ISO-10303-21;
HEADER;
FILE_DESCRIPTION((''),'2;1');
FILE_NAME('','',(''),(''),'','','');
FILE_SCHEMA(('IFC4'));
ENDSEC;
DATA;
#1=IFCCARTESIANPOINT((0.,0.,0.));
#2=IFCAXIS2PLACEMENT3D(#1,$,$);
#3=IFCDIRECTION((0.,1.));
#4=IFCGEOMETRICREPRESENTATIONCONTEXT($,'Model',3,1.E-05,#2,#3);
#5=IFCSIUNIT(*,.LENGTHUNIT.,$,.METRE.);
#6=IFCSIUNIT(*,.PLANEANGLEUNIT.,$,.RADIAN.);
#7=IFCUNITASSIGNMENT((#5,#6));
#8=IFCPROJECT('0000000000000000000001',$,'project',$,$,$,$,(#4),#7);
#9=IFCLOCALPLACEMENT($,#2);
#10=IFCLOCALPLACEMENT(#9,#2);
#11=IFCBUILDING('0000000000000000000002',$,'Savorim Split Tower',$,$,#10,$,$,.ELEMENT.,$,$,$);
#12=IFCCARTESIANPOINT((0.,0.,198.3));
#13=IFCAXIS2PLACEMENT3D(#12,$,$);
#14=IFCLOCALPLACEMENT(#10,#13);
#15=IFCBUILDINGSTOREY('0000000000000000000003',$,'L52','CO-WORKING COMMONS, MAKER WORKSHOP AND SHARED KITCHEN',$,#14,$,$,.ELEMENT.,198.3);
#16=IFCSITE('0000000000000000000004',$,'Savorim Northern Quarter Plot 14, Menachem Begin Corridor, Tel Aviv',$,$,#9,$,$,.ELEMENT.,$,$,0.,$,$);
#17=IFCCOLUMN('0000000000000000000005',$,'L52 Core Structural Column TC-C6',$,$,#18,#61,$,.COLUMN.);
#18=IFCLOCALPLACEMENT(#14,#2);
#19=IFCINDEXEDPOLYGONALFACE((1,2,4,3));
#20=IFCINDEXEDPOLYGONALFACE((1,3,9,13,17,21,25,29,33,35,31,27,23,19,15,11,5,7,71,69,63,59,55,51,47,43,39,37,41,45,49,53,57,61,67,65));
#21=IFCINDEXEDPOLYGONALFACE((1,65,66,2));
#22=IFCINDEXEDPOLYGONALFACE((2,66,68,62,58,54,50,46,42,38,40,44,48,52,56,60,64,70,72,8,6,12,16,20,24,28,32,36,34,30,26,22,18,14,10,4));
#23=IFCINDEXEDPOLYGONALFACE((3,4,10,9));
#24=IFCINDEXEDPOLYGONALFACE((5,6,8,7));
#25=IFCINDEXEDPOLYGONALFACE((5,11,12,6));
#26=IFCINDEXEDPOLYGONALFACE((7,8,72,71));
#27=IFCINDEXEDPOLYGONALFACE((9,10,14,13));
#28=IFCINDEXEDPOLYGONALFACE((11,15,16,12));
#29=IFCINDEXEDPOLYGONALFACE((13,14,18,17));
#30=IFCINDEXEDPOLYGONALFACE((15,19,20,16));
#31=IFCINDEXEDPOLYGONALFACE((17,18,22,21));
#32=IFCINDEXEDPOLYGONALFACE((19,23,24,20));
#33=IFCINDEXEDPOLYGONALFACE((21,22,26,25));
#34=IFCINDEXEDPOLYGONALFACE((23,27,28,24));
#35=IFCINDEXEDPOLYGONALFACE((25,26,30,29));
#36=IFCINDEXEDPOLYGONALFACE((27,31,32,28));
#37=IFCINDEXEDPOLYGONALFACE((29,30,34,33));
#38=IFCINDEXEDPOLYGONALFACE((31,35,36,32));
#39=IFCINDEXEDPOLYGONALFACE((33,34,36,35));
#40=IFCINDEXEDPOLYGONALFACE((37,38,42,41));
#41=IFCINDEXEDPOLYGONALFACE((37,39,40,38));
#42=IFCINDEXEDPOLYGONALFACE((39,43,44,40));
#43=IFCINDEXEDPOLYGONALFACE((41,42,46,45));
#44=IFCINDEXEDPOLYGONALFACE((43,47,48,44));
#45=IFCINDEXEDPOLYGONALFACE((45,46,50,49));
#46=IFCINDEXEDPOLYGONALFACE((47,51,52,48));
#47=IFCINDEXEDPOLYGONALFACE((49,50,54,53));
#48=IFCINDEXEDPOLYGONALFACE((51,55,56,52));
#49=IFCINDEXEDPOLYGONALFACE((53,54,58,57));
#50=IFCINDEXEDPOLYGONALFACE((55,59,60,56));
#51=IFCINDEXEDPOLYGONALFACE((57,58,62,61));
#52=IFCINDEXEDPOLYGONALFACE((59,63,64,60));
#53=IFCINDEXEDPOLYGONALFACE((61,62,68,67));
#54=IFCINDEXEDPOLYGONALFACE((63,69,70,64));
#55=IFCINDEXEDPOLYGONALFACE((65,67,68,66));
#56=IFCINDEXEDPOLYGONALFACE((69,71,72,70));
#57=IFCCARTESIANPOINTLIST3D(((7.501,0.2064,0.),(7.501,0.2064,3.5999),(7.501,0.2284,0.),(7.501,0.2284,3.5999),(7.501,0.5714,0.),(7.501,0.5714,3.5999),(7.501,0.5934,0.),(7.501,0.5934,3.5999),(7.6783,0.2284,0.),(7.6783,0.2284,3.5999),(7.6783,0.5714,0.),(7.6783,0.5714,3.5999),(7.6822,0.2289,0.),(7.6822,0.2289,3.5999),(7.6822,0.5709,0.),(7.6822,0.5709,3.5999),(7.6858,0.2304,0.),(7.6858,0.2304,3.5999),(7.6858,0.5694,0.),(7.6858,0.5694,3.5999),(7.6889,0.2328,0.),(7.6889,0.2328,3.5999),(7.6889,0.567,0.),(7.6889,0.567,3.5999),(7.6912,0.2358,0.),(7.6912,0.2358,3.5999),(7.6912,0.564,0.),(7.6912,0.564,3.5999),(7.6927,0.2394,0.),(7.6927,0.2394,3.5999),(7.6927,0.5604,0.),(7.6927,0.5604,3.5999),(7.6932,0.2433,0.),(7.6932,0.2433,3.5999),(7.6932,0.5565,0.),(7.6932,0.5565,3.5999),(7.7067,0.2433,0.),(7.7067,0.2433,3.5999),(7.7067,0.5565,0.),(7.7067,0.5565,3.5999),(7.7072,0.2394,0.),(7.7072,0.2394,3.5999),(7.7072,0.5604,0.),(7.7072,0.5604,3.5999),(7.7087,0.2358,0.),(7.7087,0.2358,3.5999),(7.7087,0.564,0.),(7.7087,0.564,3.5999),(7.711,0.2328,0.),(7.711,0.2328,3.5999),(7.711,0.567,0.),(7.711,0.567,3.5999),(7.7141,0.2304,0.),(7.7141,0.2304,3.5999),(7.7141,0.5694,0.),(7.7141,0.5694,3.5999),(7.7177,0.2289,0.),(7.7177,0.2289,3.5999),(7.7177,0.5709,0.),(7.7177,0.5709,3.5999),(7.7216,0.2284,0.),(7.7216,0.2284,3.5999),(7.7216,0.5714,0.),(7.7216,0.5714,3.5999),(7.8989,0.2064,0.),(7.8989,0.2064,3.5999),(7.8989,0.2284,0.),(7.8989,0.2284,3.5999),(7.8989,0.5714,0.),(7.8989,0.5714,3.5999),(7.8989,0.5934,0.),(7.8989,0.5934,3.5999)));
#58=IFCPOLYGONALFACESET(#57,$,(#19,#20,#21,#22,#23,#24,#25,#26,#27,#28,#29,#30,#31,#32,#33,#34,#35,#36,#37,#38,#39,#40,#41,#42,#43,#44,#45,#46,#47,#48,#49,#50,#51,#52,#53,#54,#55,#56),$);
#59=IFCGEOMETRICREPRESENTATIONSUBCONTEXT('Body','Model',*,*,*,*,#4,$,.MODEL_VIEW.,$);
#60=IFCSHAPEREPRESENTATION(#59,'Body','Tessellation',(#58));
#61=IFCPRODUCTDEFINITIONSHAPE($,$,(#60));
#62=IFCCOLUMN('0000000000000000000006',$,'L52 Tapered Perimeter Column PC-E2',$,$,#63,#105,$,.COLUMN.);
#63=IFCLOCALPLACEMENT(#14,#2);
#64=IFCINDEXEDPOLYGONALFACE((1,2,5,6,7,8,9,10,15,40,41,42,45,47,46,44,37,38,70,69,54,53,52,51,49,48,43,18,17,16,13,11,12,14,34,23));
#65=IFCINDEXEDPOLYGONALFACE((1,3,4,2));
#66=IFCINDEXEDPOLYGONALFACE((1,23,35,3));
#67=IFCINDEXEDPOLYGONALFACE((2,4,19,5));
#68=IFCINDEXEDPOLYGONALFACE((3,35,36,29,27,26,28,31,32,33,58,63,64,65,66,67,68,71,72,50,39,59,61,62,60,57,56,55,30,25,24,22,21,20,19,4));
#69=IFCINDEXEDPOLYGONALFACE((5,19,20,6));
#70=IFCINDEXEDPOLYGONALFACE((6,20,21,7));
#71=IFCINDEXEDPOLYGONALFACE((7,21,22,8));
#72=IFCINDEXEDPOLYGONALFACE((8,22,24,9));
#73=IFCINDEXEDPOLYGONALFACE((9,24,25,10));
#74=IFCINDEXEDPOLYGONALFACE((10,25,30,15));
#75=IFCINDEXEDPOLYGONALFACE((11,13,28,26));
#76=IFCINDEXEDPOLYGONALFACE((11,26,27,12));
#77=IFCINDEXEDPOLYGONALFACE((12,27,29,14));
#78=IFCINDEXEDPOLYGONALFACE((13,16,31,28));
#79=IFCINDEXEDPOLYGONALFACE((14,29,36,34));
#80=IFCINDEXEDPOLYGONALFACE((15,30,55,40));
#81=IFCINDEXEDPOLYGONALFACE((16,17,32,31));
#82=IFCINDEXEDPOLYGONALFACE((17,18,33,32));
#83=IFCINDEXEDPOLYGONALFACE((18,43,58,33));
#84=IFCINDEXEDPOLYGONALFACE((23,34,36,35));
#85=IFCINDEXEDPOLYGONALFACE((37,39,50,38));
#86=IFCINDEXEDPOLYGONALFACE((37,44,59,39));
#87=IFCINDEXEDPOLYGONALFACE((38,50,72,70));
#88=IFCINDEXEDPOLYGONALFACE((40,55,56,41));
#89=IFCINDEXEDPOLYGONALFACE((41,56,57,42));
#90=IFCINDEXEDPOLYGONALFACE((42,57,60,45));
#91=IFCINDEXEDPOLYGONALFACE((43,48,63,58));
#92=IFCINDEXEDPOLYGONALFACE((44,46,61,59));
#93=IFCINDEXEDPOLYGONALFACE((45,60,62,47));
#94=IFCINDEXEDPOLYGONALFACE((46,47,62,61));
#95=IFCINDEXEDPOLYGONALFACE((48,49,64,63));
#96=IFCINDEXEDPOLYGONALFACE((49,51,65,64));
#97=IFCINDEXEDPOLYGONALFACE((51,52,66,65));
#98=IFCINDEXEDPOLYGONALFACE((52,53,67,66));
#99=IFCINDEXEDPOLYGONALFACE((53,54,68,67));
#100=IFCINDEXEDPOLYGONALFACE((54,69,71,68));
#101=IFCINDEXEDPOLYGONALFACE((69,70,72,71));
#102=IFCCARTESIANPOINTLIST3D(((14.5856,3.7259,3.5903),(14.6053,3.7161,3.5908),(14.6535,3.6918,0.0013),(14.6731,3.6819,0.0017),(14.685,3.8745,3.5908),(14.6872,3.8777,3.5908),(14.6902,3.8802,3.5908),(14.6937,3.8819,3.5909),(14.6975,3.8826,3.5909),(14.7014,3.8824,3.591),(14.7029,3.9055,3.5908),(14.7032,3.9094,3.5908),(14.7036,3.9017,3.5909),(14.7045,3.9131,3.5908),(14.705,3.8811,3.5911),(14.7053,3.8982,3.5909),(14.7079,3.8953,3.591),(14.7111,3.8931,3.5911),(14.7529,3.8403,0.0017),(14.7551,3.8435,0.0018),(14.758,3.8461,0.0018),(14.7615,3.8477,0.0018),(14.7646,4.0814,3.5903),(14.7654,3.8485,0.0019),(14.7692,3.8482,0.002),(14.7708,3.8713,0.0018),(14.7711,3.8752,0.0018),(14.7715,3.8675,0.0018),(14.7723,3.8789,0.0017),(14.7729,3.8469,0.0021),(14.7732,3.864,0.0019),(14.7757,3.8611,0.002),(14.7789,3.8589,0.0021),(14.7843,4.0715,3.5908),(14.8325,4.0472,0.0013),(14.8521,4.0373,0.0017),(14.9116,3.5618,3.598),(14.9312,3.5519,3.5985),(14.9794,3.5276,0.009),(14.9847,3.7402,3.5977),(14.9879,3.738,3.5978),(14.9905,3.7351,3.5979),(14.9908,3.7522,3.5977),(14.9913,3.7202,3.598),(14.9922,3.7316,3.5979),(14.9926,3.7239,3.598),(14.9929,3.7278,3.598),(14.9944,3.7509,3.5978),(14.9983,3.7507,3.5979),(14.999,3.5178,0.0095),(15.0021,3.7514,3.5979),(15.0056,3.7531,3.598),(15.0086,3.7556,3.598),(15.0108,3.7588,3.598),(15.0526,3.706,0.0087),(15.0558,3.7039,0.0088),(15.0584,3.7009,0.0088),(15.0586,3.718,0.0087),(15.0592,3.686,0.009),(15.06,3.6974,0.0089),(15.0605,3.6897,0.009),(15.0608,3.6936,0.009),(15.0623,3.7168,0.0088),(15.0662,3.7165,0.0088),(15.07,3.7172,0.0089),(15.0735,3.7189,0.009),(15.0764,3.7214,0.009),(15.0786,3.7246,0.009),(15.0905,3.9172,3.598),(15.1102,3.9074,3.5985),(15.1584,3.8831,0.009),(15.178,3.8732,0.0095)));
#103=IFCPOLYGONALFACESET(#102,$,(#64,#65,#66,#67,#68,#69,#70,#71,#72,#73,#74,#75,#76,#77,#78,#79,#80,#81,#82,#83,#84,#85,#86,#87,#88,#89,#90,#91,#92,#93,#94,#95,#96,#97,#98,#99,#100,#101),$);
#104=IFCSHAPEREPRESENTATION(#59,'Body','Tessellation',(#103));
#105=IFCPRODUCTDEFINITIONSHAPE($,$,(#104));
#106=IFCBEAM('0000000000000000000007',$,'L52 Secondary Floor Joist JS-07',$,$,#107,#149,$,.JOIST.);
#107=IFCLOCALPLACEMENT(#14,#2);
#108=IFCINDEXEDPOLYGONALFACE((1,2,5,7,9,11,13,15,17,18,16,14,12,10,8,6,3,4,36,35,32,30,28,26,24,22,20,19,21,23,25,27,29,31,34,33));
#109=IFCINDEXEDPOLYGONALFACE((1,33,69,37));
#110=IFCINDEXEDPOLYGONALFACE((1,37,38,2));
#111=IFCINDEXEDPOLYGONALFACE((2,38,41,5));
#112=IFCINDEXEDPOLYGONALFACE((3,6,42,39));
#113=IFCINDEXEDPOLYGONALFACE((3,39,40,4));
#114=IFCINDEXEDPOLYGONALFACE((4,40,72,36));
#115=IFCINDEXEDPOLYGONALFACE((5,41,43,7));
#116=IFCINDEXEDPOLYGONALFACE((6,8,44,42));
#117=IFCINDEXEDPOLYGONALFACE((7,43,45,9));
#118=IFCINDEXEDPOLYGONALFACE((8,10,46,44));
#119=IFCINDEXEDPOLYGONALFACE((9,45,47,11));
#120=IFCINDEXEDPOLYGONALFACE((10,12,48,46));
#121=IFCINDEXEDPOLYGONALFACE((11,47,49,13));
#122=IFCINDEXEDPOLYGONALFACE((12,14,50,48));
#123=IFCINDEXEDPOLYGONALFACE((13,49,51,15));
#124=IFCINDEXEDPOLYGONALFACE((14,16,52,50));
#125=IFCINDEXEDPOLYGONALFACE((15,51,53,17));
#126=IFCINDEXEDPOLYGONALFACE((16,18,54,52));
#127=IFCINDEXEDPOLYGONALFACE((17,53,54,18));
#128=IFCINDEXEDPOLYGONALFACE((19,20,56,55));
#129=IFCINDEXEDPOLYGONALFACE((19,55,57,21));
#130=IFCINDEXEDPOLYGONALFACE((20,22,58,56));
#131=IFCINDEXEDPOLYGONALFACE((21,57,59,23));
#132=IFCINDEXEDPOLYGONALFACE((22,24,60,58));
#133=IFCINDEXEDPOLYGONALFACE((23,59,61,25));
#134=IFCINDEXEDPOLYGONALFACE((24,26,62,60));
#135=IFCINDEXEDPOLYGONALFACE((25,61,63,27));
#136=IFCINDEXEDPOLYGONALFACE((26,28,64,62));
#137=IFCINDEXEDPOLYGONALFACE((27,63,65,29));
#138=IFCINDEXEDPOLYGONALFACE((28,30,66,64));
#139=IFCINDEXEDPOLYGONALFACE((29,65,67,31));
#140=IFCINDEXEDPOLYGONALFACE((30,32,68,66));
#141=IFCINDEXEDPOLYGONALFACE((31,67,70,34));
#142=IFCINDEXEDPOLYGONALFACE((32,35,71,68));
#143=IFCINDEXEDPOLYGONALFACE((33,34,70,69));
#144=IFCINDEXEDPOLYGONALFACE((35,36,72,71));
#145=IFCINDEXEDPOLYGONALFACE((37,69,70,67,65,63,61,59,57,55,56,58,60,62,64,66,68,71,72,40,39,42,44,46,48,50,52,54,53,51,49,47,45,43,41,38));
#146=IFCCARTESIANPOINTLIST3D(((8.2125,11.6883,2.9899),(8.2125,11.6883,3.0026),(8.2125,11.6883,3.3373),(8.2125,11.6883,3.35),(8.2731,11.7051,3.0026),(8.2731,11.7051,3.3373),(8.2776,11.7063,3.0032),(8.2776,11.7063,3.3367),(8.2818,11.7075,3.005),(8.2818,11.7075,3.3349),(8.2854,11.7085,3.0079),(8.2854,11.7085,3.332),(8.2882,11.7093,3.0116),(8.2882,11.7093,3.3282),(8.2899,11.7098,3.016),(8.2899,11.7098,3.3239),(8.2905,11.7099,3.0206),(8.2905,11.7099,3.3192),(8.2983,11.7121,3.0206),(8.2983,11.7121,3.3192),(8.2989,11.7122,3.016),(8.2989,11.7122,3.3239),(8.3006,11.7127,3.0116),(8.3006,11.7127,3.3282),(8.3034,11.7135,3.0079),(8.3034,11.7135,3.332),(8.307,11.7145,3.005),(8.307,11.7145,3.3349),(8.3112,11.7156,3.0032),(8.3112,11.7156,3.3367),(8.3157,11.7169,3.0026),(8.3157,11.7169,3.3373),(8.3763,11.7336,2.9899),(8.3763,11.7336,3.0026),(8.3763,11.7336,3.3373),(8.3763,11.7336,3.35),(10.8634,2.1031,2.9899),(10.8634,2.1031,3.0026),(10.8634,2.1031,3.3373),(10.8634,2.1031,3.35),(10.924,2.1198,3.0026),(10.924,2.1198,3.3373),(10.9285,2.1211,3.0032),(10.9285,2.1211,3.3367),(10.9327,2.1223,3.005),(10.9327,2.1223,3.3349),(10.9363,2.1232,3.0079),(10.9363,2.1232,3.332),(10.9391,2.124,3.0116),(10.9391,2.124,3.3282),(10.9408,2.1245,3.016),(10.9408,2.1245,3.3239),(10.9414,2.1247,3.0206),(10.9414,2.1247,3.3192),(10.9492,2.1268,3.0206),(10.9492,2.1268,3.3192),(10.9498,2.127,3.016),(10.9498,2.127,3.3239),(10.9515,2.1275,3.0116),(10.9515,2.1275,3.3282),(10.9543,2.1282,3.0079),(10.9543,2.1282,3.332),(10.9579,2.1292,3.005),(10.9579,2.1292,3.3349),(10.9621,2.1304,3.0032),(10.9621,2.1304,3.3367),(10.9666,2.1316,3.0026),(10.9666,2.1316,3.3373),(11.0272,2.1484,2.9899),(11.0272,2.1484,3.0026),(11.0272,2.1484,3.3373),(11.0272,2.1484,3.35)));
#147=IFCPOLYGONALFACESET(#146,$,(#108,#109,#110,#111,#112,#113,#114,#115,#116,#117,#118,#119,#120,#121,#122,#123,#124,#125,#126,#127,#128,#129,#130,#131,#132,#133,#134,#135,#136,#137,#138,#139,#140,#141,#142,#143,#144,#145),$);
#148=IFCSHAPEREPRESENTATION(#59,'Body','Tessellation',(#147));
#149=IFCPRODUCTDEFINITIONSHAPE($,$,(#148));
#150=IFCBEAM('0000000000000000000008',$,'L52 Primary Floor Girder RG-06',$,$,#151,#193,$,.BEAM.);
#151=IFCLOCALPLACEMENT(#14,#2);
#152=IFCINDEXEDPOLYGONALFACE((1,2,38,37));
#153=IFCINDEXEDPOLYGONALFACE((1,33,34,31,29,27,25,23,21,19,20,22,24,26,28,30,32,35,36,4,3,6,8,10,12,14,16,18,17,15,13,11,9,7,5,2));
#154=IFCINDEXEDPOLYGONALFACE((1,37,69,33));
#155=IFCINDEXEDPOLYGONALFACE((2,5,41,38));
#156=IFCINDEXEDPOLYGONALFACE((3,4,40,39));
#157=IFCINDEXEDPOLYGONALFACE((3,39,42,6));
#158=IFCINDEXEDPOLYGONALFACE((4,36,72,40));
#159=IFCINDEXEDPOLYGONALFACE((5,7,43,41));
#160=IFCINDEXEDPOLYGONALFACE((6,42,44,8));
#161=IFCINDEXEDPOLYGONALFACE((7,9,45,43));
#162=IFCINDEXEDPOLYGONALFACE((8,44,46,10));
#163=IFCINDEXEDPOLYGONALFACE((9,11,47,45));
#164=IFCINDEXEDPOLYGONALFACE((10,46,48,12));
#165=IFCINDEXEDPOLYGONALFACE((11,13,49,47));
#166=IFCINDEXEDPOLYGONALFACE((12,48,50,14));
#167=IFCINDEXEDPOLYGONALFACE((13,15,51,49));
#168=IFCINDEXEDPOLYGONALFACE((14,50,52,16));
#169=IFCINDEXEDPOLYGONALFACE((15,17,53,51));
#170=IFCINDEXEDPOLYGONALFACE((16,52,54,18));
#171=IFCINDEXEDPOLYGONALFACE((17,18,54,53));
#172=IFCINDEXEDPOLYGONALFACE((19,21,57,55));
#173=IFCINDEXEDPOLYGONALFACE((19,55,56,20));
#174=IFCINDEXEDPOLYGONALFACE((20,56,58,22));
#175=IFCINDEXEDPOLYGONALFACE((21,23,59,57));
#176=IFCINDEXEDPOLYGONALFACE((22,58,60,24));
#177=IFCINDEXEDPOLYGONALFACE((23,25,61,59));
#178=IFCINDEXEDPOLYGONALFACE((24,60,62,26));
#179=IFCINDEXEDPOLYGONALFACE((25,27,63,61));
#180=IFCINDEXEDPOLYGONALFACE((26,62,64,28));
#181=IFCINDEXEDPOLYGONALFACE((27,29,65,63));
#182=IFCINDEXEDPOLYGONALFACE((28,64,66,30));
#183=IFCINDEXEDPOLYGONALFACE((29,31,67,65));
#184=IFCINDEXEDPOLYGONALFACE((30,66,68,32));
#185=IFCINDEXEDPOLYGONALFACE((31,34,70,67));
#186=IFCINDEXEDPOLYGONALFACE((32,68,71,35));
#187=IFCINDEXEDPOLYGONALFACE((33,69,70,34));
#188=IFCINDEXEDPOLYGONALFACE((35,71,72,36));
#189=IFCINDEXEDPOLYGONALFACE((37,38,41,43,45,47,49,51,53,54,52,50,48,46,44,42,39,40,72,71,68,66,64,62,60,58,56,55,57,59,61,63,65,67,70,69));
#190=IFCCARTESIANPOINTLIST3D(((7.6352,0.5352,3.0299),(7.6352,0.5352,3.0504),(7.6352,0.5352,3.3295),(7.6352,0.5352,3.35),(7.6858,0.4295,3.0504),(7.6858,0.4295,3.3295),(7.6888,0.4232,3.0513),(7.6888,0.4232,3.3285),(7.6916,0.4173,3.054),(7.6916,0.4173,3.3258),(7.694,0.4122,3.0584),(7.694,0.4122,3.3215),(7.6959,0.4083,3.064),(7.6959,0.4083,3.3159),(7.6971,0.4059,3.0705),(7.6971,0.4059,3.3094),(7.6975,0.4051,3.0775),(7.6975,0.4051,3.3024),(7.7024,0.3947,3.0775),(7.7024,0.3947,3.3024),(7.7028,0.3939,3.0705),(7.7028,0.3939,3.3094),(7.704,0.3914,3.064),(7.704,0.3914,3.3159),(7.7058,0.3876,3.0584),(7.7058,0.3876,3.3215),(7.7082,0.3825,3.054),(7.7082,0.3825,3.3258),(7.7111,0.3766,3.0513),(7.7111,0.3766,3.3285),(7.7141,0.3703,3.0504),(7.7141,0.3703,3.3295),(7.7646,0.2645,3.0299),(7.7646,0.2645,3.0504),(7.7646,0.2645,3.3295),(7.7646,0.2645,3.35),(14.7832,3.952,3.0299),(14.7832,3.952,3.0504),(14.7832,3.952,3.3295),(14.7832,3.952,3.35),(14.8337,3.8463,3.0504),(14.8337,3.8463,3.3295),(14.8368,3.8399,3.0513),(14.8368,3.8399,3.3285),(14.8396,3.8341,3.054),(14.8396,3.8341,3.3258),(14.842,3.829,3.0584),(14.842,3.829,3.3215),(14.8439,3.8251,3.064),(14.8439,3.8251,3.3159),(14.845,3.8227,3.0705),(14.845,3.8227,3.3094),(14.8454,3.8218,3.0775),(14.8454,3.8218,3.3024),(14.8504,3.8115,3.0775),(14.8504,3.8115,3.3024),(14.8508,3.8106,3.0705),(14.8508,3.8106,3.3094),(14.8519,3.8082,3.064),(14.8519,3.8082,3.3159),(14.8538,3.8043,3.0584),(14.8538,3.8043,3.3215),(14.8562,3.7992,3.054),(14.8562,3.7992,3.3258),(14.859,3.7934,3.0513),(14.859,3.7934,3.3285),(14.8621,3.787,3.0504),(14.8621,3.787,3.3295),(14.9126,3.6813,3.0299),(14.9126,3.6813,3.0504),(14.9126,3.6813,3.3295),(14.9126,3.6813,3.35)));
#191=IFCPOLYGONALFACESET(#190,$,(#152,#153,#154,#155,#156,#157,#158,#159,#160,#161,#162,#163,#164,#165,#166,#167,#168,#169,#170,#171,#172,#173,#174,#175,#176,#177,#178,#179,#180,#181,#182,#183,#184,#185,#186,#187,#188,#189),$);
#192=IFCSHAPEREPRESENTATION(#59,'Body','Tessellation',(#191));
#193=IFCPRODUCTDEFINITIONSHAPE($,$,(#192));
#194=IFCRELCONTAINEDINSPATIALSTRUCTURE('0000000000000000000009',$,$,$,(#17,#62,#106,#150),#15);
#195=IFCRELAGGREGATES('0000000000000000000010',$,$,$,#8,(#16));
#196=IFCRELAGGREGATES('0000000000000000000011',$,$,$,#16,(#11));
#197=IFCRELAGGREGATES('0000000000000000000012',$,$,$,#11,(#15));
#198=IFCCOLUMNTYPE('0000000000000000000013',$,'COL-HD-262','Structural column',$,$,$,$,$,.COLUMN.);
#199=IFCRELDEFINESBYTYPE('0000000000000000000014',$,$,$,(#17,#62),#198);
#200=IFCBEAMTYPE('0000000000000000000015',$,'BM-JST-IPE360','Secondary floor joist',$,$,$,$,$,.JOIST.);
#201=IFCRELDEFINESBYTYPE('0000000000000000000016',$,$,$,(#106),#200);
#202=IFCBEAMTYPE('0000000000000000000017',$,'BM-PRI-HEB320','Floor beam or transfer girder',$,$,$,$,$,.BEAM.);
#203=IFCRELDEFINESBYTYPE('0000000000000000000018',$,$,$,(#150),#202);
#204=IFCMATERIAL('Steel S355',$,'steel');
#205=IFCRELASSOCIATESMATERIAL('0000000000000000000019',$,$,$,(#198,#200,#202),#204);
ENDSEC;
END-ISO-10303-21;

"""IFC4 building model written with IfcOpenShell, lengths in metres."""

from ifc_helpers import new_model, si_unit, direction, frame, origin, origin_2d, place, context, subcontext, project, spatial, i_section, extrude, material, material_profile, profile_set, type_object, element, save


model = new_model("IFC4")

# Units and contexts
model_context = context("Model", 3, precision=1e-05, world=origin(), true_north=direction((0.0, 1.0)))
body_context = subcontext(model_context, "Body", "Model", "MODEL_VIEW")
ifc_project = project(units=[si_unit("LENGTHUNIT", "METRE"), si_unit("PLANEANGLEUNIT", "RADIAN")], contexts=[model_context])

# Site, building, storey
site_placement = place(None, origin())
site = spatial("IfcSite", under=ifc_project, at=site_placement, Name="Savorim Northern Quarter Plot 14, Menachem Begin Corridor, Tel Aviv", CompositionType="ELEMENT", RefElevation=0.0)
building_placement = place(site_placement, origin())
building = spatial("IfcBuilding", under=site, at=building_placement, Name="Savorim Split Tower", CompositionType="ELEMENT")
storey_placement = place(building_placement, frame((0.0, 0.0, 198.3)))
storey = spatial("IfcBuildingStorey", under=building, at=storey_placement, Name="L52", Description="CO-WORKING COMMONS, MAKER WORKSHOP AND SHARED KITCHEN", CompositionType="ELEMENT", Elevation=198.3)

# Columns
ifc_material_1 = material(Name="Steel S355", Category="steel")
ifc_material_profile_1 = material_profile(ifc_material_1, i_section(OverallWidth=0.3979, OverallDepth=0.387, WebThickness=0.0134, FlangeThickness=0.022, FilletRadius=0.0149, at=origin_2d()), Name="HD 400x262")
ifc_profile_set_1 = profile_set([ifc_material_profile_1], Name="Steel S355")
column_type = type_object("IfcColumnType", Name="COL-HD-262", Description="Structural column", PredefinedType="COLUMN", material=ifc_profile_set_1)
column_1_placement = place(storey_placement, frame((7.7, 0.3999, 0.0), z_axis=(0.0, 0.0, 1.0), x_axis=(1.0, 0.0, 0.0)))
element("IfcColumn", 1, at=column_1_placement, inside=storey, type_object=column_type, Name="L52 Core Structural Column TC-C6", PredefinedType="COLUMN", context=body_context, shape_type="SweptSolid", body=[
    extrude(i_section(OverallWidth=0.3979, OverallDepth=0.387, WebThickness=0.0134, FlangeThickness=0.022, FilletRadius=0.0149, at=origin_2d()), origin(), (0.0, 0.0, 1.0), 3.5999),
])
column_2_placement = place(storey_placement, frame((14.9158, 3.7825, 0.0054), z_axis=(-0.018906, 0.009521, 0.999776), x_axis=(-0.449782, -0.893138, 0.0)))
element("IfcColumn", 2, at=column_2_placement, inside=storey, type_object=column_type, Name="L52 Tapered Perimeter Column PC-E2", PredefinedType="COLUMN", context=body_context, shape_type="SweptSolid", body=[
    extrude(i_section(OverallWidth=0.3979, OverallDepth=0.387, WebThickness=0.0134, FlangeThickness=0.022, FilletRadius=0.0149, at=origin_2d()), origin(), (0.0, 0.0, 1.0), 3.5898),
])

# Beams
ifc_material_profile_2 = material_profile(ifc_material_1, i_section(OverallWidth=0.1699, OverallDepth=0.3601, WebThickness=0.0081, FlangeThickness=0.0127, FilletRadius=0.0181, at=origin_2d()), Name="IPE 360")
ifc_profile_set_2 = profile_set([ifc_material_profile_2], Name="Steel S355")
beam_type_1 = type_object("IfcBeamType", Name="BM-JST-IPE360", Description="Secondary floor joist", PredefinedType="JOIST", material=ifc_profile_set_2)
beam_1_placement = place(storey_placement, frame((10.9453, 2.1257, 3.1699), z_axis=(-0.266554, 0.96382, 0.0), x_axis=(-0.96382, -0.266554, 0.0)))
element("IfcBeam", 3, at=beam_1_placement, inside=storey, type_object=beam_type_1, Name="L52 Secondary Floor Joist JS-07", PredefinedType="JOIST", context=body_context, shape_type="SweptSolid", body=[
    extrude(i_section(OverallWidth=0.1699, OverallDepth=0.3601, WebThickness=0.0081, FlangeThickness=0.0127, FilletRadius=0.0181, at=origin_2d()), origin(), (0.0, 0.0, 1.0), 9.9451),
])
ifc_material_profile_3 = material_profile(ifc_material_1, i_section(OverallWidth=0.3, OverallDepth=0.3201, WebThickness=0.0115, FlangeThickness=0.0205, FilletRadius=0.0271, at=origin_2d()), Name="HEB 320")
ifc_profile_set_3 = profile_set([ifc_material_profile_3], Name="Steel S355")
beam_type_2 = type_object("IfcBeamType", Name="BM-PRI-HEB320", Description="Floor beam or transfer girder", PredefinedType="BEAM", material=ifc_profile_set_3)
beam_2_placement = place(storey_placement, frame((14.8479, 3.8167, 3.1899), z_axis=(-0.902224, -0.431267, 0.0), x_axis=(0.431267, -0.902224, 0.0)))
element("IfcBeam", 4, at=beam_2_placement, inside=storey, type_object=beam_type_2, Name="L52 Primary Floor Girder RG-06", PredefinedType="BEAM", context=body_context, shape_type="SweptSolid", body=[
    extrude(i_section(OverallWidth=0.3, OverallDepth=0.3201, WebThickness=0.0115, FlangeThickness=0.0205, FilletRadius=0.0271, at=origin_2d()), origin(), (0.0, 0.0, 1.0), 7.9226),
])

save(model, "model.ifc")
